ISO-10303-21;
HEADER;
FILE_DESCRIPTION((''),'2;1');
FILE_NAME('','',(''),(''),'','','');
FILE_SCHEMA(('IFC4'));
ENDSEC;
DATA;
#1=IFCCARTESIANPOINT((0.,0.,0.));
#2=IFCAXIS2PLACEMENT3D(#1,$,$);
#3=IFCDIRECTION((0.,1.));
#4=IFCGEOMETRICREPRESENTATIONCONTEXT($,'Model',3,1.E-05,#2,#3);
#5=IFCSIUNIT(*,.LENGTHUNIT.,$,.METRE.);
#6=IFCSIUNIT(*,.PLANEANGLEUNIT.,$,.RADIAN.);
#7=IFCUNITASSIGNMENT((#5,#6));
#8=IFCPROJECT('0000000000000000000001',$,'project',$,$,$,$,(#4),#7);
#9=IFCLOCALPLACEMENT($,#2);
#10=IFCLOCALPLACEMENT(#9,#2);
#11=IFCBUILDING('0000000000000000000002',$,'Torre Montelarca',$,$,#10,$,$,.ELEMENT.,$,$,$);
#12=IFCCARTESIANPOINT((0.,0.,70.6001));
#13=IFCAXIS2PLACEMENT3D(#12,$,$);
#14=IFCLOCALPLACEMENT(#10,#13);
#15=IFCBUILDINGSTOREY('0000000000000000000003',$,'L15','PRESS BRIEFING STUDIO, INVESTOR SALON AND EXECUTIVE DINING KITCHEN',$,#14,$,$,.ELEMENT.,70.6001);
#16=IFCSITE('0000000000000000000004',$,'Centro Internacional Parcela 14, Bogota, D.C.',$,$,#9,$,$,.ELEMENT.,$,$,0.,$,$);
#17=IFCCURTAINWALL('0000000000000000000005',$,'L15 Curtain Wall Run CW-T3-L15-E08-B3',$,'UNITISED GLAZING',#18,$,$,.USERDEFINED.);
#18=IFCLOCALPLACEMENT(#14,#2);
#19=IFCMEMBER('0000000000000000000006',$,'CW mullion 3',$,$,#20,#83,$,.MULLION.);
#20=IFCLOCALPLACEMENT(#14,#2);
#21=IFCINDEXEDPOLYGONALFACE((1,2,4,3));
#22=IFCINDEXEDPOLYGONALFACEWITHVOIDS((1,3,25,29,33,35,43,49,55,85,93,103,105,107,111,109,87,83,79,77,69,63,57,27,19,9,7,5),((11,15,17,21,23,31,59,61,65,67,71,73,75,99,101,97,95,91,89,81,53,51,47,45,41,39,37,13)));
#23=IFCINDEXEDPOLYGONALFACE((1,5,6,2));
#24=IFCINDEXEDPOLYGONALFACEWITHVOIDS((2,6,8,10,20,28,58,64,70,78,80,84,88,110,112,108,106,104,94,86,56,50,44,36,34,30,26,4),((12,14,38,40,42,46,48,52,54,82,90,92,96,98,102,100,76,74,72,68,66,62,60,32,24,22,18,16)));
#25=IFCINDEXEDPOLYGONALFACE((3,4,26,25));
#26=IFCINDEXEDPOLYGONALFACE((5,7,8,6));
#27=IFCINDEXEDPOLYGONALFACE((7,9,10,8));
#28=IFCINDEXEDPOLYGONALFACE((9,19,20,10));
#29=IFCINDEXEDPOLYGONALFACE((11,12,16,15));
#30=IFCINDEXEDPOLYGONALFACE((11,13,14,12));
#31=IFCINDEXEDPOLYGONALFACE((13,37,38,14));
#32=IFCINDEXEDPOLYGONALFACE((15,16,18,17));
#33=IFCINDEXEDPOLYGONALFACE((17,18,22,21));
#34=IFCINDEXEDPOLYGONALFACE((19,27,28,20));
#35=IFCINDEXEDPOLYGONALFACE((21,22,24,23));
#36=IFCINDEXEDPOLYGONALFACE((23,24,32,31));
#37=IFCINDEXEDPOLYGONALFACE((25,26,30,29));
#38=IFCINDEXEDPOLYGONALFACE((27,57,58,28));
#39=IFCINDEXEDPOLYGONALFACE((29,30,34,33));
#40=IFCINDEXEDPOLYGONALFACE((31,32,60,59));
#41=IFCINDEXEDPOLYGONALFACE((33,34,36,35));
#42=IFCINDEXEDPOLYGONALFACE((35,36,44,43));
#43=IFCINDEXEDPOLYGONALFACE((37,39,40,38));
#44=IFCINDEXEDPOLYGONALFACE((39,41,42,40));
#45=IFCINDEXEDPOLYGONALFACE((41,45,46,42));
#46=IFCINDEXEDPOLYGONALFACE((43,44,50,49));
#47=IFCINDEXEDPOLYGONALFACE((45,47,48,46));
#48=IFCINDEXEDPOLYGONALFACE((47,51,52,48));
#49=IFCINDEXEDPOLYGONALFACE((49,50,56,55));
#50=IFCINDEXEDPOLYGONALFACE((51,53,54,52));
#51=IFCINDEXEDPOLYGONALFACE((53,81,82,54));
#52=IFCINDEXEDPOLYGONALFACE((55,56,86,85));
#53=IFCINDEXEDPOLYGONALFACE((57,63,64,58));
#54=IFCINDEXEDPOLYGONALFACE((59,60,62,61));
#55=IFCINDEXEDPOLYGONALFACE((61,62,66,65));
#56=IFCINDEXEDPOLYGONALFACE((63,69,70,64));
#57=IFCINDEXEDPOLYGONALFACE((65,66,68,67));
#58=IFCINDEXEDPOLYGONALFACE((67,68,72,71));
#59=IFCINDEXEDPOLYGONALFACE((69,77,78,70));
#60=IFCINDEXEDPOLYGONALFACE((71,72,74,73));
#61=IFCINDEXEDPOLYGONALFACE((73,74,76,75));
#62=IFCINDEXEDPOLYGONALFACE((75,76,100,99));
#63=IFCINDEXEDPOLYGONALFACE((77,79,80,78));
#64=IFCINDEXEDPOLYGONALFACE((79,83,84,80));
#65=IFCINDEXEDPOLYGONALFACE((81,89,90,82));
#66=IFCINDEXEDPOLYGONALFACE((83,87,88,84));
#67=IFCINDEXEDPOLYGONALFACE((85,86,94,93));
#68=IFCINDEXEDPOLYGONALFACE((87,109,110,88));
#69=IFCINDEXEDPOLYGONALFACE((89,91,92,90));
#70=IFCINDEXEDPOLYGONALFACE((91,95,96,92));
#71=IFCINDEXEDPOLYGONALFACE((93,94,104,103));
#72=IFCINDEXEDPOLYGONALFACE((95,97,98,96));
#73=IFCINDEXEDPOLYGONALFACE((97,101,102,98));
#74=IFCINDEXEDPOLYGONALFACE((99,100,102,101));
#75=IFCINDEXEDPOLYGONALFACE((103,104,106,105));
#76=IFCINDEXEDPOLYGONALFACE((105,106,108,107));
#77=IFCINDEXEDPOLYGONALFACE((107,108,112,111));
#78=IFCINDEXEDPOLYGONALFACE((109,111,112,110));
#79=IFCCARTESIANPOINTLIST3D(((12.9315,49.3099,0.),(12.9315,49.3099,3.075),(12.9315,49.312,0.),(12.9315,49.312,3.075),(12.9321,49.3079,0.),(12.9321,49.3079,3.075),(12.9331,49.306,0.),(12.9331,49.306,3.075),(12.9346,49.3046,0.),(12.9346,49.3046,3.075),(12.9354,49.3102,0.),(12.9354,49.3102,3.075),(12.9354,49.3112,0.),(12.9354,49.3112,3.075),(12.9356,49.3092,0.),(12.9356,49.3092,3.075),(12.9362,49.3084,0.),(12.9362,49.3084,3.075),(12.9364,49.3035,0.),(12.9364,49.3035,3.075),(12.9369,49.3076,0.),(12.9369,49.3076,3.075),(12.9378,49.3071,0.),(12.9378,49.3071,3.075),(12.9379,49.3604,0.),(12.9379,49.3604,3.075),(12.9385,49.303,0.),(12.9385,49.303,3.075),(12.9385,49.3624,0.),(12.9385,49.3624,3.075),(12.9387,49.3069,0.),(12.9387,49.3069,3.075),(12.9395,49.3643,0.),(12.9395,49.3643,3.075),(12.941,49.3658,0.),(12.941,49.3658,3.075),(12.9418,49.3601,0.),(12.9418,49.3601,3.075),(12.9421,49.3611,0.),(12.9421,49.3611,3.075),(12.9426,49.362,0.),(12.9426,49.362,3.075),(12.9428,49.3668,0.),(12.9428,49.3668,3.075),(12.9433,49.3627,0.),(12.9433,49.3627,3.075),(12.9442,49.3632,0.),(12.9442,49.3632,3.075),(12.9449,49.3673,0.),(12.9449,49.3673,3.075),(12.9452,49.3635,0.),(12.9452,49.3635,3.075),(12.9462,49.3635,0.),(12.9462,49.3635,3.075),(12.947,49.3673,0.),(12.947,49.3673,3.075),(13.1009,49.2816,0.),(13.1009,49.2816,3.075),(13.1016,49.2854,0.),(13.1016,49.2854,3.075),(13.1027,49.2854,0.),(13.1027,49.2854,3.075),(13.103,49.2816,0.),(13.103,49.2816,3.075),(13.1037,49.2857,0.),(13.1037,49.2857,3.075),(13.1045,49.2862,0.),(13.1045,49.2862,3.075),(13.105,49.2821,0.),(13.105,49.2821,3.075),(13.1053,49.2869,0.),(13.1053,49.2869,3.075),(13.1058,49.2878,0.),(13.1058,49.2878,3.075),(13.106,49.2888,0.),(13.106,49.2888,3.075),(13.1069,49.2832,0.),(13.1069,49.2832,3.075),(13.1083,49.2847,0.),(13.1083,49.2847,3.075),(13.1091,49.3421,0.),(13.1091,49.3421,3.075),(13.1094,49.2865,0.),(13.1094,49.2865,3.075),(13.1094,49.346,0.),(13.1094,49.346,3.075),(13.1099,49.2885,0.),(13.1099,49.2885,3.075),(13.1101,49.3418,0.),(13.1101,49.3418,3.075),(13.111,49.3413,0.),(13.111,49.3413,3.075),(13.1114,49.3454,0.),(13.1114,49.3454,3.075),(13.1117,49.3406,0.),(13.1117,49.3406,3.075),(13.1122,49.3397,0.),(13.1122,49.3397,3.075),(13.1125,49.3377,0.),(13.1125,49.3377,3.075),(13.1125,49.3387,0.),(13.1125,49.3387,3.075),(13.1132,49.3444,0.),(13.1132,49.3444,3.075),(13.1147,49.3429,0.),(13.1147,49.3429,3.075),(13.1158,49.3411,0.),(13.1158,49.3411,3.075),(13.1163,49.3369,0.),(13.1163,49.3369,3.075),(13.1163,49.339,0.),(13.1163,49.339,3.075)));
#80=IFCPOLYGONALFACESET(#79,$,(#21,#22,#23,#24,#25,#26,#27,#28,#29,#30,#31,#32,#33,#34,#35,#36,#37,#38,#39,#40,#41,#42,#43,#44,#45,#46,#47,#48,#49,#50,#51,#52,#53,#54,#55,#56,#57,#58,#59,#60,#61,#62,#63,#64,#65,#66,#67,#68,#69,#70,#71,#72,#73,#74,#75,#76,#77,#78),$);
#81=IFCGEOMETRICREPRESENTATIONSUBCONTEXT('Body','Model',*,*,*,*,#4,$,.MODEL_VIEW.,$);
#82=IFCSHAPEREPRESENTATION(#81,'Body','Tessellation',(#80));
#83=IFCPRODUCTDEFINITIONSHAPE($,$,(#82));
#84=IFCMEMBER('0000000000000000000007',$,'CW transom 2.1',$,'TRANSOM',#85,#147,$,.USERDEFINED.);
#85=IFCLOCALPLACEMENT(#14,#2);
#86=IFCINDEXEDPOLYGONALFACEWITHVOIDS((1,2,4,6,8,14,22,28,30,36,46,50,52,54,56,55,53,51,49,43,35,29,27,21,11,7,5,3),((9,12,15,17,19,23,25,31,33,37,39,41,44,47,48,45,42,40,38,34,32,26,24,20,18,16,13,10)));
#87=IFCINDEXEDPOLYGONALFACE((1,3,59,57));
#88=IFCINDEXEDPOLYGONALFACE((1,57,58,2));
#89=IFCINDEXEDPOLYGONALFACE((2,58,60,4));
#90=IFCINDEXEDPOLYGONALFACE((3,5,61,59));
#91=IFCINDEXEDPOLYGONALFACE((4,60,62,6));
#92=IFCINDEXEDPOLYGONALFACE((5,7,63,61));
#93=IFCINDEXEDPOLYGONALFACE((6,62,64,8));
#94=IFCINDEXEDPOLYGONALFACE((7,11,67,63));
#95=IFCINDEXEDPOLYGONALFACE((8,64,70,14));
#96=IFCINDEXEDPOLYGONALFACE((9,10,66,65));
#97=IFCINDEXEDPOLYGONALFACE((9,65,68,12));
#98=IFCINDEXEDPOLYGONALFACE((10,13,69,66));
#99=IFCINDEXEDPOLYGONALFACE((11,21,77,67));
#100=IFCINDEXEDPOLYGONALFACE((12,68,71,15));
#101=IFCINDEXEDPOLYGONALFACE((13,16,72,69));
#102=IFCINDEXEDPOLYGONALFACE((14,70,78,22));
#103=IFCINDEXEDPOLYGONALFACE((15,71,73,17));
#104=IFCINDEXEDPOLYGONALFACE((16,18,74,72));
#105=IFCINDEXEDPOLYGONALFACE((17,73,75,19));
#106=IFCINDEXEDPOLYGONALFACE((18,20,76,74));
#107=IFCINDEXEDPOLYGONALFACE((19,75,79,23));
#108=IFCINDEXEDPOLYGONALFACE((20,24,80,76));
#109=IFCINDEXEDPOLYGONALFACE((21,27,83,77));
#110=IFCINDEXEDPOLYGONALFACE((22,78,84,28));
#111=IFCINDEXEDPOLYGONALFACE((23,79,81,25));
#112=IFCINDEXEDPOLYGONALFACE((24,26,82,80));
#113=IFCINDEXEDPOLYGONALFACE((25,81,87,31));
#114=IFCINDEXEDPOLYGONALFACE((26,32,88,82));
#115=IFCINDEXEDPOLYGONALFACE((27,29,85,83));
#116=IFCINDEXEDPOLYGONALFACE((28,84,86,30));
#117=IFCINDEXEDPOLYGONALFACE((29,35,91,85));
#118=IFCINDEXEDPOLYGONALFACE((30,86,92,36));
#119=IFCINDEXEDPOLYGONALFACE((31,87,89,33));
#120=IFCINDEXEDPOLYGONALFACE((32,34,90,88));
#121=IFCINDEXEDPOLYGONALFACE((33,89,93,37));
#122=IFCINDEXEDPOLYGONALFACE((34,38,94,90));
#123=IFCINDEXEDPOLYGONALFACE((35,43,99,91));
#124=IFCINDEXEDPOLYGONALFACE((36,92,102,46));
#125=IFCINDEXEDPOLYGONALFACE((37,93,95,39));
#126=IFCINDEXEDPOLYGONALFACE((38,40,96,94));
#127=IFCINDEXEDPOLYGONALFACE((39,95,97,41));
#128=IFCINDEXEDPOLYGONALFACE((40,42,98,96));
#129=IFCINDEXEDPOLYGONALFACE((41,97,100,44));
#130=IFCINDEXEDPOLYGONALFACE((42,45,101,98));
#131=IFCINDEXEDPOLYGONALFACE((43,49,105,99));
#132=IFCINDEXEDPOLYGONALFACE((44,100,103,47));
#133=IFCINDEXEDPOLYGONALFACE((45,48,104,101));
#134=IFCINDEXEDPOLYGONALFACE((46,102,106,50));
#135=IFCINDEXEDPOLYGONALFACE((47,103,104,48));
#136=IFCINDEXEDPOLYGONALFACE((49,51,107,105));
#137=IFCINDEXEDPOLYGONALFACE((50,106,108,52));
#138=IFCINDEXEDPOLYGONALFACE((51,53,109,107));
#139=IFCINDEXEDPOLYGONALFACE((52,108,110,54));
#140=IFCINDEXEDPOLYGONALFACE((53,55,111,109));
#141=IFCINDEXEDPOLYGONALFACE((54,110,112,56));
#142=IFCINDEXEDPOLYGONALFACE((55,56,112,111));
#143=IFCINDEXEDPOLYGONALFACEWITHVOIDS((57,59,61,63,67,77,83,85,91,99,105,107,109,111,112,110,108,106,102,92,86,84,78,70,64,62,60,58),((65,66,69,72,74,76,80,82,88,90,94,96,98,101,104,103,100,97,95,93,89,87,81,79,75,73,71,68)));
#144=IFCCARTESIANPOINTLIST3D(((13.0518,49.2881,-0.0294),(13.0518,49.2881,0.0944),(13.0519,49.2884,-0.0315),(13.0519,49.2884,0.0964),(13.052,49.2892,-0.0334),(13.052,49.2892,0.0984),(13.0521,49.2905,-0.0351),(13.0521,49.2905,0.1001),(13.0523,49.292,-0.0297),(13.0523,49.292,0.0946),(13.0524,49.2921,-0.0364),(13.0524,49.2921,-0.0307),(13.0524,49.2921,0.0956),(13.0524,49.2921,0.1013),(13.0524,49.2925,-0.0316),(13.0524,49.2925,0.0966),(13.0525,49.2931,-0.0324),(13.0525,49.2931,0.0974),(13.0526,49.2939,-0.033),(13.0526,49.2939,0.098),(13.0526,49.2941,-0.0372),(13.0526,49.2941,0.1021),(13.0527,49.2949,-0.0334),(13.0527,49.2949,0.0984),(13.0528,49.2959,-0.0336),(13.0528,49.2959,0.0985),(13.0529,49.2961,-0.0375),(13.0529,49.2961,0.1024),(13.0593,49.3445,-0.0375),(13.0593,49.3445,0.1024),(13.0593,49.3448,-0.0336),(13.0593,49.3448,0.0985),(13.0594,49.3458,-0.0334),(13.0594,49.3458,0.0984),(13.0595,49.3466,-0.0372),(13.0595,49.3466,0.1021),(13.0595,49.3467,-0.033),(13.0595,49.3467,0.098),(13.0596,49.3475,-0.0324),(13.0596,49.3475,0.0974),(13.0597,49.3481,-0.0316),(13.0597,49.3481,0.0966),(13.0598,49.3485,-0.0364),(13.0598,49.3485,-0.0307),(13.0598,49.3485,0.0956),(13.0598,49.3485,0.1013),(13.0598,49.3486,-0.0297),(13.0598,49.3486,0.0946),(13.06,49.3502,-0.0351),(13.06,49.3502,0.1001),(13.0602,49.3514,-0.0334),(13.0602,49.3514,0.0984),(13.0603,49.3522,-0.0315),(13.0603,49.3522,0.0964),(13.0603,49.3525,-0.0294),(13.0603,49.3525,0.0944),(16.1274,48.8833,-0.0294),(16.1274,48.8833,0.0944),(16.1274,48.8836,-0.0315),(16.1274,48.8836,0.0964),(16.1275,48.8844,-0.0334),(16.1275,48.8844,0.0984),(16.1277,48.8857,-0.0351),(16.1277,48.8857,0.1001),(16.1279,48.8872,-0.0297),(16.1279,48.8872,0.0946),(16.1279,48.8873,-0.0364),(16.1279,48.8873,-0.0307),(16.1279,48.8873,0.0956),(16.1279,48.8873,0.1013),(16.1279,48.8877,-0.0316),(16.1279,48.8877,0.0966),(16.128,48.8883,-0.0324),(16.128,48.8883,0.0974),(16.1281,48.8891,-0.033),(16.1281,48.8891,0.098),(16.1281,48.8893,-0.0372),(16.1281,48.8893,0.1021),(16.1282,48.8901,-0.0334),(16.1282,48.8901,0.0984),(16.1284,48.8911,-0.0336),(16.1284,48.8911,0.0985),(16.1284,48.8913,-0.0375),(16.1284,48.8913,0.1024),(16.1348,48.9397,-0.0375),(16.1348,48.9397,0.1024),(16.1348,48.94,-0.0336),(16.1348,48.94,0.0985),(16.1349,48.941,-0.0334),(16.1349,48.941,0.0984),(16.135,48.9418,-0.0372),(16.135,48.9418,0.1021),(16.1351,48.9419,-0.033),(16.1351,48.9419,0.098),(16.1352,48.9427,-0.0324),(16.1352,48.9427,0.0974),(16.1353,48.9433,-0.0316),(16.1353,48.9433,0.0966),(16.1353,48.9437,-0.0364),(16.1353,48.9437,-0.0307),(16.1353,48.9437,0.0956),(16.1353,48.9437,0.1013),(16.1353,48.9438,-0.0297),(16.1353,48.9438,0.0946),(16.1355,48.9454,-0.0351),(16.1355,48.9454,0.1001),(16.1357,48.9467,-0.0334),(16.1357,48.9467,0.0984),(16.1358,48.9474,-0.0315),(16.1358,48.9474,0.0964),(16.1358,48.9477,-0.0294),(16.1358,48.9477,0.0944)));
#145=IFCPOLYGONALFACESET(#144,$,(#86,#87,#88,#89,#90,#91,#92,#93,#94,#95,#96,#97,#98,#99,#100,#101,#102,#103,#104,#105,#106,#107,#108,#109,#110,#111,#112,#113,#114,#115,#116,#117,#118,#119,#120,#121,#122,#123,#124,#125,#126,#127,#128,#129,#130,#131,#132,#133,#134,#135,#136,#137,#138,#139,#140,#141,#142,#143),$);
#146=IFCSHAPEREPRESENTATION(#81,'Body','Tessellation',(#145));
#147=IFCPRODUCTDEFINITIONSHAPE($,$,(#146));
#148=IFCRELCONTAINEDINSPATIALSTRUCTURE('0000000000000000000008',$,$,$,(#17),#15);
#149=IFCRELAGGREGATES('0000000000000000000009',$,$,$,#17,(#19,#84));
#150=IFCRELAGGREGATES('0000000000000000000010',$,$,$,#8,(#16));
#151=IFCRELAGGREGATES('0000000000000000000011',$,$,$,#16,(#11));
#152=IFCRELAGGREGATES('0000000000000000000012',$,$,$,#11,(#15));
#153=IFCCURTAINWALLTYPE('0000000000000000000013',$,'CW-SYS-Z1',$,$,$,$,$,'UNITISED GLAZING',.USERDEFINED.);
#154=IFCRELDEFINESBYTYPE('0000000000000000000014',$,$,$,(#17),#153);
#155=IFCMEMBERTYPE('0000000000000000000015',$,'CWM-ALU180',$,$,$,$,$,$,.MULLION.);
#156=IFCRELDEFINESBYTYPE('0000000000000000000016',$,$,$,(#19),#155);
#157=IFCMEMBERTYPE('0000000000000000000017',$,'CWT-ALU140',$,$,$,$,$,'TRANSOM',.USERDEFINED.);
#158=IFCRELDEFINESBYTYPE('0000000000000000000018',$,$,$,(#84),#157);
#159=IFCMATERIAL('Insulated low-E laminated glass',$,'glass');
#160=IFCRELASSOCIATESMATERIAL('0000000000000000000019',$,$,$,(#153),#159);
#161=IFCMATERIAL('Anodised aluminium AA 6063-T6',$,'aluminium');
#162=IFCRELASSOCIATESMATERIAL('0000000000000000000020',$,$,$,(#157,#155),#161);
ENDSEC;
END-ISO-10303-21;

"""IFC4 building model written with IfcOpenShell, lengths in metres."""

from ifc_helpers import new_model, si_unit, direction, frame, origin, origin_2d, place, context, subcontext, project, spatial, hollow_rectangle, extrude, source, transform, mapped, material, material_profile, profile_set, type_object, element, aggregate, save


model = new_model("IFC4")

# Units and contexts
model_context = context("Model", 3, precision=1e-05, world=origin(), true_north=direction((0.0, 1.0)))
body_context = subcontext(model_context, "Body", "Model", "MODEL_VIEW")
ifc_project = project(units=[si_unit("LENGTHUNIT", "METRE"), si_unit("PLANEANGLEUNIT", "RADIAN")], contexts=[model_context])

# Site, building, storey
site_placement = place(None, origin())
site = spatial("IfcSite", under=ifc_project, at=site_placement, Name="Centro Internacional Parcela 14, Bogota, D.C.", CompositionType="ELEMENT", RefElevation=0.0)
building_placement = place(site_placement, origin())
building = spatial("IfcBuilding", under=site, at=building_placement, Name="Torre Montelarca", CompositionType="ELEMENT")
storey_placement = place(building_placement, frame((0.0, 0.0, 70.6001)))
storey = spatial("IfcBuildingStorey", under=building, at=storey_placement, Name="L15", Description="PRESS BRIEFING STUDIO, INVESTOR SALON AND EXECUTIVE DINING KITCHEN", CompositionType="ELEMENT", Elevation=70.6001)

# Shared definitions
ifc_material_1 = material(Name="Insulated low-E laminated glass", Category="glass")
curtain_wall_type = type_object("IfcCurtainWallType", Name="CW-SYS-Z1", ElementType="UNITISED GLAZING", PredefinedType="USERDEFINED", material=ifc_material_1)
ifc_material_2 = material(Name="Anodised aluminium AA 6063-T6", Category="aluminium")
ifc_material_profile_1 = material_profile(ifc_material_2, hollow_rectangle(XDim=0.0649, YDim=0.1399, WallThickness=0.0039, InnerFilletRadius=0.0039, OuterFilletRadius=0.0081, at=origin_2d()), Name="ALU65X140X4", Category="aluminium")
ifc_profile_set_1 = profile_set([ifc_material_profile_1], Name="Anodised aluminium AA 6063-T6")
member_type_1 = type_object("IfcMemberType", Name="CWT-ALU140", ElementType="TRANSOM", PredefinedType="USERDEFINED", material=ifc_profile_set_1)

# Curtain wall
curtain_wall_1_placement = place(storey_placement, origin())
curtain_wall_1 = element("IfcCurtainWall", 1, at=curtain_wall_1_placement, inside=storey, type_object=curtain_wall_type, Name="L15 Curtain Wall Run CW-T3-L15-E08-B3", ObjectType="UNITISED GLAZING", PredefinedType="USERDEFINED")

# Members
ifc_material_profile_2 = material_profile(ifc_material_2, hollow_rectangle(XDim=0.0649, YDim=0.1799, WallThickness=0.0039, InnerFilletRadius=0.0039, OuterFilletRadius=0.0081, at=origin_2d()), Name="ALU65X180X4", Category="aluminium")
ifc_profile_set_2 = profile_set([ifc_material_profile_2], Name="Anodised aluminium AA 6063-T6")
member_type_2 = type_object("IfcMemberType", Name="CWM-ALU180", PredefinedType="MULLION", material=ifc_profile_set_2)
shared_shape_1 = source(origin(), body_context, "Body", "SweptSolid", [
    extrude(hollow_rectangle(XDim=0.0649, YDim=0.1799, WallThickness=0.0039, InnerFilletRadius=0.0039, OuterFilletRadius=0.0081, at=origin_2d()), origin(), (0.0, 0.0, 1.0), 3.075),
])
member_1_placement = place(storey_placement, frame((13.0239, 49.3245, 0.0), z_axis=(0.0, 0.0, 1.0), x_axis=(-0.130528, -0.991445, 0.0)))
member_1 = element("IfcMember", 2, at=member_1_placement, type_object=member_type_2, Name="CW mullion 3", PredefinedType="MULLION", context=body_context, shape_type="MappedRepresentation", body=[
    mapped(shared_shape_1, transform((0.0, 0.0, 0.0), scale=1.0)),
])
shared_shape_2 = source(origin(), body_context, "Body", "SweptSolid", [
    extrude(hollow_rectangle(XDim=0.0649, YDim=0.1399, WallThickness=0.0039, InnerFilletRadius=0.0039, OuterFilletRadius=0.0081, at=origin_2d()), origin(), (0.0, 0.0, 1.0), 3.1021),
])
member_2_placement = place(storey_placement, frame((16.1316, 48.9155, 0.0325), z_axis=(-0.991449, 0.130493, 0.0), x_axis=(-0.130493, -0.991449, 0.0)))
member_2 = element("IfcMember", 3, at=member_2_placement, type_object=member_type_1, Name="CW transom 2.1", ObjectType="TRANSOM", PredefinedType="USERDEFINED", context=body_context, shape_type="MappedRepresentation", body=[
    mapped(shared_shape_2, transform((0.0, 0.0, 0.0), scale=1.0)),
])

aggregate(curtain_wall_1, [member_1, member_2])

save(model, "model.ifc")
